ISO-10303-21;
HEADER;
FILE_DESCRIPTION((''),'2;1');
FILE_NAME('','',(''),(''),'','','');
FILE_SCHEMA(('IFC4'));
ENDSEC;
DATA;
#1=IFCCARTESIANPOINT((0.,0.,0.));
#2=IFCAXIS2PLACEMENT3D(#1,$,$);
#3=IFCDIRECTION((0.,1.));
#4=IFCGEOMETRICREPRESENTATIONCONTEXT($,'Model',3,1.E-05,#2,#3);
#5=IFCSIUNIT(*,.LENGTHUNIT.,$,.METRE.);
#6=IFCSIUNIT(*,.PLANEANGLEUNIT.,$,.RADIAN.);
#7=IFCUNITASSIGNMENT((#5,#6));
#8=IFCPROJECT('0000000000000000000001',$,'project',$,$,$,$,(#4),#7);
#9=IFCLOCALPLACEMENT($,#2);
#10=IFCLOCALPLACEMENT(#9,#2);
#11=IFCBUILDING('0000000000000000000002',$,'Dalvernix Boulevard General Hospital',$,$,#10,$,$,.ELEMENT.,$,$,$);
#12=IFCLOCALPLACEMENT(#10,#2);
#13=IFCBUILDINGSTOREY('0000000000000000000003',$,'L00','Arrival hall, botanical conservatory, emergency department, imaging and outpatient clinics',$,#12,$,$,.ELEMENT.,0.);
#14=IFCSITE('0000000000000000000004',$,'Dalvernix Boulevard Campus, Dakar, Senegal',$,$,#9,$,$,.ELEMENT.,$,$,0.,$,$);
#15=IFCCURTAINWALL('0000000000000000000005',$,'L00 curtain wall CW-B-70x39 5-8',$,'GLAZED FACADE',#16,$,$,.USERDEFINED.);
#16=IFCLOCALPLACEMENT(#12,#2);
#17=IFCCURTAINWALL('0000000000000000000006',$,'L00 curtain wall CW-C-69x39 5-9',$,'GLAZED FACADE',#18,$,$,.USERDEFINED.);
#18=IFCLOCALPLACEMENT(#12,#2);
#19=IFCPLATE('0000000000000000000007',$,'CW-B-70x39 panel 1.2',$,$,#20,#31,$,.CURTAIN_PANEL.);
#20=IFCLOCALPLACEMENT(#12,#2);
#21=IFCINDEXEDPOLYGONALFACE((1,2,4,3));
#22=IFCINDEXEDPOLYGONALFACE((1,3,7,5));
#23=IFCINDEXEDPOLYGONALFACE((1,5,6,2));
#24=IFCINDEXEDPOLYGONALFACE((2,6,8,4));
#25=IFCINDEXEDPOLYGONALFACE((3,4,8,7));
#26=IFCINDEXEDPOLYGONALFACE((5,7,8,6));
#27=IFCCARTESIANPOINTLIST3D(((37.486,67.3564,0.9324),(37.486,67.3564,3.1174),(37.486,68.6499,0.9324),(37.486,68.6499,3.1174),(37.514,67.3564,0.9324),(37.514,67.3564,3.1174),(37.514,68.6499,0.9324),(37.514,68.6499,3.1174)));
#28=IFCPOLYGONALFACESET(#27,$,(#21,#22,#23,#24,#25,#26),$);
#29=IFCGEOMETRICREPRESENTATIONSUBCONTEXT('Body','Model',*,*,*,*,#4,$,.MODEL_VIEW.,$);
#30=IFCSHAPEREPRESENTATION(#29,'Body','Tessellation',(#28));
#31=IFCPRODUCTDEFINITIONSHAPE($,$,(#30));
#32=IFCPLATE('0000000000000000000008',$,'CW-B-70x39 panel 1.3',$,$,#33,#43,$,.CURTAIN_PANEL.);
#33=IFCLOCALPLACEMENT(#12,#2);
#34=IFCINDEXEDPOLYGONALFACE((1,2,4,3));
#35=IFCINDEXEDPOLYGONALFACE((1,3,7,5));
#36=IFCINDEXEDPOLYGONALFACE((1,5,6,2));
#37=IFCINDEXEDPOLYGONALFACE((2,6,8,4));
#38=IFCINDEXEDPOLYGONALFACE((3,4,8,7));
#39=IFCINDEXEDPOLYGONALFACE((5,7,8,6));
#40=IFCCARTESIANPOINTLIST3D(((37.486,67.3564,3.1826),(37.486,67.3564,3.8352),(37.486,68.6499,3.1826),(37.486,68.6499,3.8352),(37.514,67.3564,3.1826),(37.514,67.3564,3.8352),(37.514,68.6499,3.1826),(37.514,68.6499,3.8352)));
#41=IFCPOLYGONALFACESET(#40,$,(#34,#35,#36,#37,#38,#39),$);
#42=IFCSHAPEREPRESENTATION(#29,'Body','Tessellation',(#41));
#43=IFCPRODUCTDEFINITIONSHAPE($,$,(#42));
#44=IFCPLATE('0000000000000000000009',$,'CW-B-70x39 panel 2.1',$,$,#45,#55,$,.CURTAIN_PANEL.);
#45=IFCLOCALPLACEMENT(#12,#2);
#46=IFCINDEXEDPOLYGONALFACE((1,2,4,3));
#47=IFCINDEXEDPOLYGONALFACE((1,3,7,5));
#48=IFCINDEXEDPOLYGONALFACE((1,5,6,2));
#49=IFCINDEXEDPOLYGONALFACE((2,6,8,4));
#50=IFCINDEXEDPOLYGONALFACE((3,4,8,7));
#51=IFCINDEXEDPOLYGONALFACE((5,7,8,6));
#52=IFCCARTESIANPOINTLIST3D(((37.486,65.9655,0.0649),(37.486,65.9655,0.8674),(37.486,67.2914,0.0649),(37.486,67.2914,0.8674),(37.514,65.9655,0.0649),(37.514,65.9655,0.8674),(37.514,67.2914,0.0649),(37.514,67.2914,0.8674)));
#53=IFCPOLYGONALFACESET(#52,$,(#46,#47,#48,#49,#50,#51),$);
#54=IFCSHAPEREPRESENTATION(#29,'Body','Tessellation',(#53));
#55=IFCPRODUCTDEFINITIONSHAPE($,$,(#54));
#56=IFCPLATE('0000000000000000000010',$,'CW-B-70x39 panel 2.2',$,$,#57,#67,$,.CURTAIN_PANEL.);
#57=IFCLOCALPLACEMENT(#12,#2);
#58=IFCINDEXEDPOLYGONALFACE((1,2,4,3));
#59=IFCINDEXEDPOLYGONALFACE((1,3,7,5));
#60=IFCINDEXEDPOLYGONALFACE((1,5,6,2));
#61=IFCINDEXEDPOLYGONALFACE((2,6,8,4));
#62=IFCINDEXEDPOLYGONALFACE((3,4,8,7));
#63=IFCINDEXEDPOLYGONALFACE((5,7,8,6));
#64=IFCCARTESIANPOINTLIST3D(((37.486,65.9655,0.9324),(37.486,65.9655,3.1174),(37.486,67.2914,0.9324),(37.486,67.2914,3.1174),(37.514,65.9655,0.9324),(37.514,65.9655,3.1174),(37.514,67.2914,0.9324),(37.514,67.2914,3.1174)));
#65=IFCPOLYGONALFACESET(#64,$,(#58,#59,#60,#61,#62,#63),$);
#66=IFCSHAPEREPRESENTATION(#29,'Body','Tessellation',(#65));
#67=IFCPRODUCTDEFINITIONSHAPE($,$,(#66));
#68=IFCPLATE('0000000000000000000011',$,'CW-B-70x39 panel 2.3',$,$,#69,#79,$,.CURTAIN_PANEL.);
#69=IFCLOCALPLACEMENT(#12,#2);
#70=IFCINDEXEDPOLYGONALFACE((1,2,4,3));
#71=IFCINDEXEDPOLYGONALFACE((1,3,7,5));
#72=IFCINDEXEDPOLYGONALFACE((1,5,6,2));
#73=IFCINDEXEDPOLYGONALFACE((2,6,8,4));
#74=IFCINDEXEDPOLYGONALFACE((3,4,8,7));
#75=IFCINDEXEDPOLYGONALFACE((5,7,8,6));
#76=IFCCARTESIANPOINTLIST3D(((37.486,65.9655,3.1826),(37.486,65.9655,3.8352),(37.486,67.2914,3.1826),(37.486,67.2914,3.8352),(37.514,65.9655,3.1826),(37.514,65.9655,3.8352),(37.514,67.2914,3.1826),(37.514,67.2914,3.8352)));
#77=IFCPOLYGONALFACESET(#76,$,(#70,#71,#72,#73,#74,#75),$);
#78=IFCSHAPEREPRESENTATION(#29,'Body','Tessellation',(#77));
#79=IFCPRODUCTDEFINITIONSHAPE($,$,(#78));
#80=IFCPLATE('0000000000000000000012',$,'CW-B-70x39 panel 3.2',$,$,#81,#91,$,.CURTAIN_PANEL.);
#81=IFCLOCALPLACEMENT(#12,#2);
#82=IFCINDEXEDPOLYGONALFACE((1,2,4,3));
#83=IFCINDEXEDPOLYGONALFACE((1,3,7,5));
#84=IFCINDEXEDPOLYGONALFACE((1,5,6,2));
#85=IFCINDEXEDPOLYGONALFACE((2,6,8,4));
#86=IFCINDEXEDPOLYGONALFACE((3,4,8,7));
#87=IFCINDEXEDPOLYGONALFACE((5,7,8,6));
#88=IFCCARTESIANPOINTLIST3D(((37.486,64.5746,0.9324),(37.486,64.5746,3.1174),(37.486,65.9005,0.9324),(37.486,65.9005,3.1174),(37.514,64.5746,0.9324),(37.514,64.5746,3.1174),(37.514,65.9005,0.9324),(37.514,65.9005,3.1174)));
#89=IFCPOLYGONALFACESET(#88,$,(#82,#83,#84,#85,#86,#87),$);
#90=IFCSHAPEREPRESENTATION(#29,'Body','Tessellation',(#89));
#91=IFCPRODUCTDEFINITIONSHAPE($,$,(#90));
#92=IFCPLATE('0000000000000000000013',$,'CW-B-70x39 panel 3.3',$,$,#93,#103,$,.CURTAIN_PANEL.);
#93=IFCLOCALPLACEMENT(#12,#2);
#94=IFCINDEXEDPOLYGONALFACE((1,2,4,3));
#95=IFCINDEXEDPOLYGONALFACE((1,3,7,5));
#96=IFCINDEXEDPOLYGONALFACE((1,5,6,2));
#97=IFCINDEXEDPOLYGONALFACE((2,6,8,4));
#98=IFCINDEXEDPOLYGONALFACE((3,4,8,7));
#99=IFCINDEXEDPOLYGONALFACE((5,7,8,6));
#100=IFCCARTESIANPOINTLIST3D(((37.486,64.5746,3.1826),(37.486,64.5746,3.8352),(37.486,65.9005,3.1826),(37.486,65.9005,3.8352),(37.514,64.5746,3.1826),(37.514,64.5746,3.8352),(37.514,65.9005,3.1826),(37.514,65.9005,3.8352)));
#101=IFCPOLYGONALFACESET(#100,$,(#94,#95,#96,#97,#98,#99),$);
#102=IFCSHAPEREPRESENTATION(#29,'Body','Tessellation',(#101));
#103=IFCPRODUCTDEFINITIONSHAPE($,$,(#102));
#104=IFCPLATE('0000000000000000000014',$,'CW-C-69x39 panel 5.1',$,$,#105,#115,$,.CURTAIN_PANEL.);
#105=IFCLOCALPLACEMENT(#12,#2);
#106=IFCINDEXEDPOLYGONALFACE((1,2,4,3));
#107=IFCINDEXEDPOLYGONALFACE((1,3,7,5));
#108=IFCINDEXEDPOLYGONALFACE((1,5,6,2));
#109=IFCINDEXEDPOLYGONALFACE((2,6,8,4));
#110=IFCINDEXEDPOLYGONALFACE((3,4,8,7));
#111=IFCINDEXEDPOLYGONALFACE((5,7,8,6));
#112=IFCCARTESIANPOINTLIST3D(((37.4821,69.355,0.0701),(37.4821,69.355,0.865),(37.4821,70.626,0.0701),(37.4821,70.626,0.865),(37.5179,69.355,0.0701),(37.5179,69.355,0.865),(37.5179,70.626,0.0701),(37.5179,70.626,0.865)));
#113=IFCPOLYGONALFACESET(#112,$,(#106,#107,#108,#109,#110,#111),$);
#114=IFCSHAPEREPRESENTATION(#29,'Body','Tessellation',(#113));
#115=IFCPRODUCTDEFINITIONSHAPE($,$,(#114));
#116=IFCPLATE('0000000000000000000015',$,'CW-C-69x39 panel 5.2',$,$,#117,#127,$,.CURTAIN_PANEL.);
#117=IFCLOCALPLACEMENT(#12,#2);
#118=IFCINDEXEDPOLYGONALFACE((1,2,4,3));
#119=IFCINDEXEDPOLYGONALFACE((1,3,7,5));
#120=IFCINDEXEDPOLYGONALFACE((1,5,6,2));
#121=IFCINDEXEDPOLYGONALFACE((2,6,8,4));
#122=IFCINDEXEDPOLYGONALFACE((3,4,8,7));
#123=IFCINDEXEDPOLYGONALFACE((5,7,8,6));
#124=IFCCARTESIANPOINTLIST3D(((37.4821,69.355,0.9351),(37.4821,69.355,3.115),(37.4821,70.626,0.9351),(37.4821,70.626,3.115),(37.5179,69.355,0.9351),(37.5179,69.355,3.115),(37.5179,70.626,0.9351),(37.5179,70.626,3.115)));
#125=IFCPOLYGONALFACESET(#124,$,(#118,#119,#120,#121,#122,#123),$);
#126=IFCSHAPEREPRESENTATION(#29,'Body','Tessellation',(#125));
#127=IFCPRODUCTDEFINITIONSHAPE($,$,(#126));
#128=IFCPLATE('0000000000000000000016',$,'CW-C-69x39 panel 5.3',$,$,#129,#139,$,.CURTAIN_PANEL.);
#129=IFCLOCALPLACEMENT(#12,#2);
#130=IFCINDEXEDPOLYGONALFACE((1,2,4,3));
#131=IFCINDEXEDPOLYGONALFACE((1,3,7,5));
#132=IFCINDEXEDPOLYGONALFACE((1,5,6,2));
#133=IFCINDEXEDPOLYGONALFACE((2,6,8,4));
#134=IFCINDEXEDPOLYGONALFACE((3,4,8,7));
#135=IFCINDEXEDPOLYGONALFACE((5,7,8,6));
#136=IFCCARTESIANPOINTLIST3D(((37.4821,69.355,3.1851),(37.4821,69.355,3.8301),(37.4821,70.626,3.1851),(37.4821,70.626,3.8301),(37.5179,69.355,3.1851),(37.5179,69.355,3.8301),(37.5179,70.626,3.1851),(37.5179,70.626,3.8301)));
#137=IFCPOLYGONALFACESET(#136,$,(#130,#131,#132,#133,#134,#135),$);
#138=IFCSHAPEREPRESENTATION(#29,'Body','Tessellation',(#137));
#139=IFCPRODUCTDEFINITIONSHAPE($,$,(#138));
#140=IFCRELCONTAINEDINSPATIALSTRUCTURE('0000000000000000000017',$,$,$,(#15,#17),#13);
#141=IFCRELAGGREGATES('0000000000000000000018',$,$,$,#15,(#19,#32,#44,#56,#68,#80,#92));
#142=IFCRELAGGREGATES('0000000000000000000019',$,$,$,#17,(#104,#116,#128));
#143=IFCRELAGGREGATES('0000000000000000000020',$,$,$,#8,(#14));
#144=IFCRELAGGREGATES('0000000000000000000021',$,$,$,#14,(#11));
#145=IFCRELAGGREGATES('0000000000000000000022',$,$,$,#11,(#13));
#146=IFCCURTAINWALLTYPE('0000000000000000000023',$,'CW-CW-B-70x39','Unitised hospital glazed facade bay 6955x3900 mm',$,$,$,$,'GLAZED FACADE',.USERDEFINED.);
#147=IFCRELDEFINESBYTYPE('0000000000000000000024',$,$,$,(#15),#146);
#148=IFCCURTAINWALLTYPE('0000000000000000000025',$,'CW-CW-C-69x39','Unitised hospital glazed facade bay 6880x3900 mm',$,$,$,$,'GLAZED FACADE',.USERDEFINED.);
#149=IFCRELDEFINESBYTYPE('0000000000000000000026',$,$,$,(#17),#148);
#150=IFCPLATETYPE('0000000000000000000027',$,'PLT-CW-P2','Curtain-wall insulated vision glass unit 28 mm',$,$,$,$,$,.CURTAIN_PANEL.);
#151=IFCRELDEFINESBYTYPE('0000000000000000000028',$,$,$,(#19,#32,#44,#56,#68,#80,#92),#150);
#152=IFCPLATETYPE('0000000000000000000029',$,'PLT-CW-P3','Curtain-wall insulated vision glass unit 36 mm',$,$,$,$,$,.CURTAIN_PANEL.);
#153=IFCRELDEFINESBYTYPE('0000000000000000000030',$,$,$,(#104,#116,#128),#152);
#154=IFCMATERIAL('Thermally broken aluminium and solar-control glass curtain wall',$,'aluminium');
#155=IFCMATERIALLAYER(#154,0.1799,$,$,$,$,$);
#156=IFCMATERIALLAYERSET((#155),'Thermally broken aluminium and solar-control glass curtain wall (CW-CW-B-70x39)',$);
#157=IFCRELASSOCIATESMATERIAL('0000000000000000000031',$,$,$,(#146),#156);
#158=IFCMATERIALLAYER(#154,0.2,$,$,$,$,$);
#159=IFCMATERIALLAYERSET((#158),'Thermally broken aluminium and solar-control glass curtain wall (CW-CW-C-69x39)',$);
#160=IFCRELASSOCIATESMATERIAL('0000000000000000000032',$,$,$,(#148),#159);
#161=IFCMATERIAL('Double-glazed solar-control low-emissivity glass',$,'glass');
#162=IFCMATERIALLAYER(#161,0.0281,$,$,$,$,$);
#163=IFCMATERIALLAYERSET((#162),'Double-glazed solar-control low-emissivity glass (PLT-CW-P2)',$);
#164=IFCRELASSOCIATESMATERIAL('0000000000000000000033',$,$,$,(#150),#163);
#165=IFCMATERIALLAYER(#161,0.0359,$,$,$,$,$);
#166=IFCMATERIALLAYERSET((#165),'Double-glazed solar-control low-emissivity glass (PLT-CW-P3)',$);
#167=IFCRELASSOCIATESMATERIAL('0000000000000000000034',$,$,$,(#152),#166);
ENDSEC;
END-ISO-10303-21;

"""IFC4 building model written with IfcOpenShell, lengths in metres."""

from ifc_helpers import new_model, si_unit, direction, frame, origin, origin_2d, place, context, subcontext, project, spatial, rectangle, extrude, material, layer, layer_set, type_object, element, aggregate, save


model = new_model("IFC4")

# Units and contexts
model_context = context("Model", 3, precision=1e-05, world=origin(), true_north=direction((0.0, 1.0)))
body_context = subcontext(model_context, "Body", "Model", "MODEL_VIEW")
ifc_project = project(units=[si_unit("LENGTHUNIT", "METRE"), si_unit("PLANEANGLEUNIT", "RADIAN")], contexts=[model_context])

# Site, building, storey
site_placement = place(None, origin())
site = spatial("IfcSite", under=ifc_project, at=site_placement, Name="Dalvernix Boulevard Campus, Dakar, Senegal", CompositionType="ELEMENT", RefElevation=0.0)
building_placement = place(site_placement, origin())
building = spatial("IfcBuilding", under=site, at=building_placement, Name="Dalvernix Boulevard General Hospital", CompositionType="ELEMENT")
storey_placement = place(building_placement, origin())
storey = spatial("IfcBuildingStorey", under=building, at=storey_placement, Name="L00", Description="Arrival hall, botanical conservatory, emergency department, imaging and outpatient clinics", CompositionType="ELEMENT", Elevation=0.0)

# Curtain walls
ifc_material_1 = material(Name="Thermally broken aluminium and solar-control glass curtain wall", Category="aluminium")
ifc_layer_1 = layer(ifc_material_1, 0.1799)
ifc_layer_set_1 = layer_set([ifc_layer_1], Name="Thermally broken aluminium and solar-control glass curtain wall (CW-CW-B-70x39)")
curtain_wall_type_1 = type_object("IfcCurtainWallType", Name="CW-CW-B-70x39", Description="Unitised hospital glazed facade bay 6955x3900 mm", ElementType="GLAZED FACADE", PredefinedType="USERDEFINED", material=ifc_layer_set_1)
curtain_wall_1_placement = place(storey_placement, origin())
curtain_wall_1 = element("IfcCurtainWall", 1, at=curtain_wall_1_placement, inside=storey, type_object=curtain_wall_type_1, Name="L00 curtain wall CW-B-70x39 5-8", ObjectType="GLAZED FACADE", PredefinedType="USERDEFINED")
ifc_layer_2 = layer(ifc_material_1, 0.2)
ifc_layer_set_2 = layer_set([ifc_layer_2], Name="Thermally broken aluminium and solar-control glass curtain wall (CW-CW-C-69x39)")
curtain_wall_type_2 = type_object("IfcCurtainWallType", Name="CW-CW-C-69x39", Description="Unitised hospital glazed facade bay 6880x3900 mm", ElementType="GLAZED FACADE", PredefinedType="USERDEFINED", material=ifc_layer_set_2)
curtain_wall_2_placement = place(storey_placement, origin())
curtain_wall_2 = element("IfcCurtainWall", 2, at=curtain_wall_2_placement, inside=storey, type_object=curtain_wall_type_2, Name="L00 curtain wall CW-C-69x39 5-9", ObjectType="GLAZED FACADE", PredefinedType="USERDEFINED")

# Plates
ifc_material_2 = material(Name="Double-glazed solar-control low-emissivity glass", Category="glass")
ifc_layer_3 = layer(ifc_material_2, 0.0281)
ifc_layer_set_3 = layer_set([ifc_layer_3], Name="Double-glazed solar-control low-emissivity glass (PLT-CW-P2)")
plate_type_1 = type_object("IfcPlateType", Name="PLT-CW-P2", Description="Curtain-wall insulated vision glass unit 28 mm", PredefinedType="CURTAIN_PANEL", material=ifc_layer_set_3)
plate_1_placement = place(storey_placement, frame((37.5, 68.0032, 0.9324), z_axis=(0.0, 0.0, 1.0), x_axis=(0.0, -1.0, 0.0)))
plate_1 = element("IfcPlate", 3, at=plate_1_placement, type_object=plate_type_1, Name="CW-B-70x39 panel 1.2", PredefinedType="CURTAIN_PANEL", context=body_context, shape_type="SweptSolid", body=[
    extrude(rectangle(XDim=1.2935, YDim=0.0281, at=origin_2d()), origin(), (0.0, 0.0, 1.0), 2.1851),
])
plate_2_placement = place(storey_placement, frame((37.5, 68.0032, 3.1826), z_axis=(0.0, 0.0, 1.0), x_axis=(0.0, -1.0, 0.0)))
plate_2 = element("IfcPlate", 4, at=plate_2_placement, type_object=plate_type_1, Name="CW-B-70x39 panel 1.3", PredefinedType="CURTAIN_PANEL", context=body_context, shape_type="SweptSolid", body=[
    extrude(rectangle(XDim=1.2935, YDim=0.0281, at=origin_2d()), origin(), (0.0, 0.0, 1.0), 0.6526),
])
plate_3_placement = place(storey_placement, frame((37.5, 66.6284, 0.0649), z_axis=(0.0, 0.0, 1.0), x_axis=(0.0, -1.0, 0.0)))
plate_3 = element("IfcPlate", 5, at=plate_3_placement, type_object=plate_type_1, Name="CW-B-70x39 panel 2.1", PredefinedType="CURTAIN_PANEL", context=body_context, shape_type="SweptSolid", body=[
    extrude(rectangle(XDim=1.3259, YDim=0.0281, at=origin_2d()), origin(), (0.0, 0.0, 1.0), 0.8025),
])
plate_4_placement = place(storey_placement, frame((37.5, 66.6284, 0.9324), z_axis=(0.0, 0.0, 1.0), x_axis=(0.0, -1.0, 0.0)))
plate_4 = element("IfcPlate", 6, at=plate_4_placement, type_object=plate_type_1, Name="CW-B-70x39 panel 2.2", PredefinedType="CURTAIN_PANEL", context=body_context, shape_type="SweptSolid", body=[
    extrude(rectangle(XDim=1.3259, YDim=0.0281, at=origin_2d()), origin(), (0.0, 0.0, 1.0), 2.1851),
])
plate_5_placement = place(storey_placement, frame((37.5, 66.6284, 3.1826), z_axis=(0.0, 0.0, 1.0), x_axis=(0.0, -1.0, 0.0)))
plate_5 = element("IfcPlate", 7, at=plate_5_placement, type_object=plate_type_1, Name="CW-B-70x39 panel 2.3", PredefinedType="CURTAIN_PANEL", context=body_context, shape_type="SweptSolid", body=[
    extrude(rectangle(XDim=1.3259, YDim=0.0281, at=origin_2d()), origin(), (0.0, 0.0, 1.0), 0.6526),
])
plate_6_placement = place(storey_placement, frame((37.5, 65.2375, 0.9324), z_axis=(0.0, 0.0, 1.0), x_axis=(0.0, -1.0, 0.0)))
plate_6 = element("IfcPlate", 8, at=plate_6_placement, type_object=plate_type_1, Name="CW-B-70x39 panel 3.2", PredefinedType="CURTAIN_PANEL", context=body_context, shape_type="SweptSolid", body=[
    extrude(rectangle(XDim=1.3259, YDim=0.0281, at=origin_2d()), origin(), (0.0, 0.0, 1.0), 2.1851),
])
plate_7_placement = place(storey_placement, frame((37.5, 65.2375, 3.1826), z_axis=(0.0, 0.0, 1.0), x_axis=(0.0, -1.0, 0.0)))
plate_7 = element("IfcPlate", 9, at=plate_7_placement, type_object=plate_type_1, Name="CW-B-70x39 panel 3.3", PredefinedType="CURTAIN_PANEL", context=body_context, shape_type="SweptSolid", body=[
    extrude(rectangle(XDim=1.3259, YDim=0.0281, at=origin_2d()), origin(), (0.0, 0.0, 1.0), 0.6526),
])
aggregate(curtain_wall_1, [plate_1, plate_2, plate_3, plate_4, plate_5, plate_6, plate_7])
ifc_layer_4 = layer(ifc_material_2, 0.0359)
ifc_layer_set_4 = layer_set([ifc_layer_4], Name="Double-glazed solar-control low-emissivity glass (PLT-CW-P3)")
plate_type_2 = type_object("IfcPlateType", Name="PLT-CW-P3", Description="Curtain-wall insulated vision glass unit 36 mm", PredefinedType="CURTAIN_PANEL", material=ifc_layer_set_4)
plate_8_placement = place(storey_placement, frame((37.5, 69.9905, 0.0701), z_axis=(0.0, 0.0, 1.0), x_axis=(0.0, -1.0, 0.0)))
plate_8 = element("IfcPlate", 10, at=plate_8_placement, type_object=plate_type_2, Name="CW-C-69x39 panel 5.1", PredefinedType="CURTAIN_PANEL", context=body_context, shape_type="SweptSolid", body=[
    extrude(rectangle(XDim=1.271, YDim=0.0359, at=origin_2d()), origin(), (0.0, 0.0, 1.0), 0.7949),
])
plate_9_placement = place(storey_placement, frame((37.5, 69.9905, 0.9351), z_axis=(0.0, 0.0, 1.0), x_axis=(0.0, -1.0, 0.0)))
plate_9 = element("IfcPlate", 11, at=plate_9_placement, type_object=plate_type_2, Name="CW-C-69x39 panel 5.2", PredefinedType="CURTAIN_PANEL", context=body_context, shape_type="SweptSolid", body=[
    extrude(rectangle(XDim=1.271, YDim=0.0359, at=origin_2d()), origin(), (0.0, 0.0, 1.0), 2.1799),
])
plate_10_placement = place(storey_placement, frame((37.5, 69.9905, 3.1851), z_axis=(0.0, 0.0, 1.0), x_axis=(0.0, -1.0, 0.0)))
plate_10 = element("IfcPlate", 12, at=plate_10_placement, type_object=plate_type_2, Name="CW-C-69x39 panel 5.3", PredefinedType="CURTAIN_PANEL", context=body_context, shape_type="SweptSolid", body=[
    extrude(rectangle(XDim=1.271, YDim=0.0359, at=origin_2d()), origin(), (0.0, 0.0, 1.0), 0.645),
])
aggregate(curtain_wall_2, [plate_8, plate_9, plate_10])

save(model, "model.ifc")
